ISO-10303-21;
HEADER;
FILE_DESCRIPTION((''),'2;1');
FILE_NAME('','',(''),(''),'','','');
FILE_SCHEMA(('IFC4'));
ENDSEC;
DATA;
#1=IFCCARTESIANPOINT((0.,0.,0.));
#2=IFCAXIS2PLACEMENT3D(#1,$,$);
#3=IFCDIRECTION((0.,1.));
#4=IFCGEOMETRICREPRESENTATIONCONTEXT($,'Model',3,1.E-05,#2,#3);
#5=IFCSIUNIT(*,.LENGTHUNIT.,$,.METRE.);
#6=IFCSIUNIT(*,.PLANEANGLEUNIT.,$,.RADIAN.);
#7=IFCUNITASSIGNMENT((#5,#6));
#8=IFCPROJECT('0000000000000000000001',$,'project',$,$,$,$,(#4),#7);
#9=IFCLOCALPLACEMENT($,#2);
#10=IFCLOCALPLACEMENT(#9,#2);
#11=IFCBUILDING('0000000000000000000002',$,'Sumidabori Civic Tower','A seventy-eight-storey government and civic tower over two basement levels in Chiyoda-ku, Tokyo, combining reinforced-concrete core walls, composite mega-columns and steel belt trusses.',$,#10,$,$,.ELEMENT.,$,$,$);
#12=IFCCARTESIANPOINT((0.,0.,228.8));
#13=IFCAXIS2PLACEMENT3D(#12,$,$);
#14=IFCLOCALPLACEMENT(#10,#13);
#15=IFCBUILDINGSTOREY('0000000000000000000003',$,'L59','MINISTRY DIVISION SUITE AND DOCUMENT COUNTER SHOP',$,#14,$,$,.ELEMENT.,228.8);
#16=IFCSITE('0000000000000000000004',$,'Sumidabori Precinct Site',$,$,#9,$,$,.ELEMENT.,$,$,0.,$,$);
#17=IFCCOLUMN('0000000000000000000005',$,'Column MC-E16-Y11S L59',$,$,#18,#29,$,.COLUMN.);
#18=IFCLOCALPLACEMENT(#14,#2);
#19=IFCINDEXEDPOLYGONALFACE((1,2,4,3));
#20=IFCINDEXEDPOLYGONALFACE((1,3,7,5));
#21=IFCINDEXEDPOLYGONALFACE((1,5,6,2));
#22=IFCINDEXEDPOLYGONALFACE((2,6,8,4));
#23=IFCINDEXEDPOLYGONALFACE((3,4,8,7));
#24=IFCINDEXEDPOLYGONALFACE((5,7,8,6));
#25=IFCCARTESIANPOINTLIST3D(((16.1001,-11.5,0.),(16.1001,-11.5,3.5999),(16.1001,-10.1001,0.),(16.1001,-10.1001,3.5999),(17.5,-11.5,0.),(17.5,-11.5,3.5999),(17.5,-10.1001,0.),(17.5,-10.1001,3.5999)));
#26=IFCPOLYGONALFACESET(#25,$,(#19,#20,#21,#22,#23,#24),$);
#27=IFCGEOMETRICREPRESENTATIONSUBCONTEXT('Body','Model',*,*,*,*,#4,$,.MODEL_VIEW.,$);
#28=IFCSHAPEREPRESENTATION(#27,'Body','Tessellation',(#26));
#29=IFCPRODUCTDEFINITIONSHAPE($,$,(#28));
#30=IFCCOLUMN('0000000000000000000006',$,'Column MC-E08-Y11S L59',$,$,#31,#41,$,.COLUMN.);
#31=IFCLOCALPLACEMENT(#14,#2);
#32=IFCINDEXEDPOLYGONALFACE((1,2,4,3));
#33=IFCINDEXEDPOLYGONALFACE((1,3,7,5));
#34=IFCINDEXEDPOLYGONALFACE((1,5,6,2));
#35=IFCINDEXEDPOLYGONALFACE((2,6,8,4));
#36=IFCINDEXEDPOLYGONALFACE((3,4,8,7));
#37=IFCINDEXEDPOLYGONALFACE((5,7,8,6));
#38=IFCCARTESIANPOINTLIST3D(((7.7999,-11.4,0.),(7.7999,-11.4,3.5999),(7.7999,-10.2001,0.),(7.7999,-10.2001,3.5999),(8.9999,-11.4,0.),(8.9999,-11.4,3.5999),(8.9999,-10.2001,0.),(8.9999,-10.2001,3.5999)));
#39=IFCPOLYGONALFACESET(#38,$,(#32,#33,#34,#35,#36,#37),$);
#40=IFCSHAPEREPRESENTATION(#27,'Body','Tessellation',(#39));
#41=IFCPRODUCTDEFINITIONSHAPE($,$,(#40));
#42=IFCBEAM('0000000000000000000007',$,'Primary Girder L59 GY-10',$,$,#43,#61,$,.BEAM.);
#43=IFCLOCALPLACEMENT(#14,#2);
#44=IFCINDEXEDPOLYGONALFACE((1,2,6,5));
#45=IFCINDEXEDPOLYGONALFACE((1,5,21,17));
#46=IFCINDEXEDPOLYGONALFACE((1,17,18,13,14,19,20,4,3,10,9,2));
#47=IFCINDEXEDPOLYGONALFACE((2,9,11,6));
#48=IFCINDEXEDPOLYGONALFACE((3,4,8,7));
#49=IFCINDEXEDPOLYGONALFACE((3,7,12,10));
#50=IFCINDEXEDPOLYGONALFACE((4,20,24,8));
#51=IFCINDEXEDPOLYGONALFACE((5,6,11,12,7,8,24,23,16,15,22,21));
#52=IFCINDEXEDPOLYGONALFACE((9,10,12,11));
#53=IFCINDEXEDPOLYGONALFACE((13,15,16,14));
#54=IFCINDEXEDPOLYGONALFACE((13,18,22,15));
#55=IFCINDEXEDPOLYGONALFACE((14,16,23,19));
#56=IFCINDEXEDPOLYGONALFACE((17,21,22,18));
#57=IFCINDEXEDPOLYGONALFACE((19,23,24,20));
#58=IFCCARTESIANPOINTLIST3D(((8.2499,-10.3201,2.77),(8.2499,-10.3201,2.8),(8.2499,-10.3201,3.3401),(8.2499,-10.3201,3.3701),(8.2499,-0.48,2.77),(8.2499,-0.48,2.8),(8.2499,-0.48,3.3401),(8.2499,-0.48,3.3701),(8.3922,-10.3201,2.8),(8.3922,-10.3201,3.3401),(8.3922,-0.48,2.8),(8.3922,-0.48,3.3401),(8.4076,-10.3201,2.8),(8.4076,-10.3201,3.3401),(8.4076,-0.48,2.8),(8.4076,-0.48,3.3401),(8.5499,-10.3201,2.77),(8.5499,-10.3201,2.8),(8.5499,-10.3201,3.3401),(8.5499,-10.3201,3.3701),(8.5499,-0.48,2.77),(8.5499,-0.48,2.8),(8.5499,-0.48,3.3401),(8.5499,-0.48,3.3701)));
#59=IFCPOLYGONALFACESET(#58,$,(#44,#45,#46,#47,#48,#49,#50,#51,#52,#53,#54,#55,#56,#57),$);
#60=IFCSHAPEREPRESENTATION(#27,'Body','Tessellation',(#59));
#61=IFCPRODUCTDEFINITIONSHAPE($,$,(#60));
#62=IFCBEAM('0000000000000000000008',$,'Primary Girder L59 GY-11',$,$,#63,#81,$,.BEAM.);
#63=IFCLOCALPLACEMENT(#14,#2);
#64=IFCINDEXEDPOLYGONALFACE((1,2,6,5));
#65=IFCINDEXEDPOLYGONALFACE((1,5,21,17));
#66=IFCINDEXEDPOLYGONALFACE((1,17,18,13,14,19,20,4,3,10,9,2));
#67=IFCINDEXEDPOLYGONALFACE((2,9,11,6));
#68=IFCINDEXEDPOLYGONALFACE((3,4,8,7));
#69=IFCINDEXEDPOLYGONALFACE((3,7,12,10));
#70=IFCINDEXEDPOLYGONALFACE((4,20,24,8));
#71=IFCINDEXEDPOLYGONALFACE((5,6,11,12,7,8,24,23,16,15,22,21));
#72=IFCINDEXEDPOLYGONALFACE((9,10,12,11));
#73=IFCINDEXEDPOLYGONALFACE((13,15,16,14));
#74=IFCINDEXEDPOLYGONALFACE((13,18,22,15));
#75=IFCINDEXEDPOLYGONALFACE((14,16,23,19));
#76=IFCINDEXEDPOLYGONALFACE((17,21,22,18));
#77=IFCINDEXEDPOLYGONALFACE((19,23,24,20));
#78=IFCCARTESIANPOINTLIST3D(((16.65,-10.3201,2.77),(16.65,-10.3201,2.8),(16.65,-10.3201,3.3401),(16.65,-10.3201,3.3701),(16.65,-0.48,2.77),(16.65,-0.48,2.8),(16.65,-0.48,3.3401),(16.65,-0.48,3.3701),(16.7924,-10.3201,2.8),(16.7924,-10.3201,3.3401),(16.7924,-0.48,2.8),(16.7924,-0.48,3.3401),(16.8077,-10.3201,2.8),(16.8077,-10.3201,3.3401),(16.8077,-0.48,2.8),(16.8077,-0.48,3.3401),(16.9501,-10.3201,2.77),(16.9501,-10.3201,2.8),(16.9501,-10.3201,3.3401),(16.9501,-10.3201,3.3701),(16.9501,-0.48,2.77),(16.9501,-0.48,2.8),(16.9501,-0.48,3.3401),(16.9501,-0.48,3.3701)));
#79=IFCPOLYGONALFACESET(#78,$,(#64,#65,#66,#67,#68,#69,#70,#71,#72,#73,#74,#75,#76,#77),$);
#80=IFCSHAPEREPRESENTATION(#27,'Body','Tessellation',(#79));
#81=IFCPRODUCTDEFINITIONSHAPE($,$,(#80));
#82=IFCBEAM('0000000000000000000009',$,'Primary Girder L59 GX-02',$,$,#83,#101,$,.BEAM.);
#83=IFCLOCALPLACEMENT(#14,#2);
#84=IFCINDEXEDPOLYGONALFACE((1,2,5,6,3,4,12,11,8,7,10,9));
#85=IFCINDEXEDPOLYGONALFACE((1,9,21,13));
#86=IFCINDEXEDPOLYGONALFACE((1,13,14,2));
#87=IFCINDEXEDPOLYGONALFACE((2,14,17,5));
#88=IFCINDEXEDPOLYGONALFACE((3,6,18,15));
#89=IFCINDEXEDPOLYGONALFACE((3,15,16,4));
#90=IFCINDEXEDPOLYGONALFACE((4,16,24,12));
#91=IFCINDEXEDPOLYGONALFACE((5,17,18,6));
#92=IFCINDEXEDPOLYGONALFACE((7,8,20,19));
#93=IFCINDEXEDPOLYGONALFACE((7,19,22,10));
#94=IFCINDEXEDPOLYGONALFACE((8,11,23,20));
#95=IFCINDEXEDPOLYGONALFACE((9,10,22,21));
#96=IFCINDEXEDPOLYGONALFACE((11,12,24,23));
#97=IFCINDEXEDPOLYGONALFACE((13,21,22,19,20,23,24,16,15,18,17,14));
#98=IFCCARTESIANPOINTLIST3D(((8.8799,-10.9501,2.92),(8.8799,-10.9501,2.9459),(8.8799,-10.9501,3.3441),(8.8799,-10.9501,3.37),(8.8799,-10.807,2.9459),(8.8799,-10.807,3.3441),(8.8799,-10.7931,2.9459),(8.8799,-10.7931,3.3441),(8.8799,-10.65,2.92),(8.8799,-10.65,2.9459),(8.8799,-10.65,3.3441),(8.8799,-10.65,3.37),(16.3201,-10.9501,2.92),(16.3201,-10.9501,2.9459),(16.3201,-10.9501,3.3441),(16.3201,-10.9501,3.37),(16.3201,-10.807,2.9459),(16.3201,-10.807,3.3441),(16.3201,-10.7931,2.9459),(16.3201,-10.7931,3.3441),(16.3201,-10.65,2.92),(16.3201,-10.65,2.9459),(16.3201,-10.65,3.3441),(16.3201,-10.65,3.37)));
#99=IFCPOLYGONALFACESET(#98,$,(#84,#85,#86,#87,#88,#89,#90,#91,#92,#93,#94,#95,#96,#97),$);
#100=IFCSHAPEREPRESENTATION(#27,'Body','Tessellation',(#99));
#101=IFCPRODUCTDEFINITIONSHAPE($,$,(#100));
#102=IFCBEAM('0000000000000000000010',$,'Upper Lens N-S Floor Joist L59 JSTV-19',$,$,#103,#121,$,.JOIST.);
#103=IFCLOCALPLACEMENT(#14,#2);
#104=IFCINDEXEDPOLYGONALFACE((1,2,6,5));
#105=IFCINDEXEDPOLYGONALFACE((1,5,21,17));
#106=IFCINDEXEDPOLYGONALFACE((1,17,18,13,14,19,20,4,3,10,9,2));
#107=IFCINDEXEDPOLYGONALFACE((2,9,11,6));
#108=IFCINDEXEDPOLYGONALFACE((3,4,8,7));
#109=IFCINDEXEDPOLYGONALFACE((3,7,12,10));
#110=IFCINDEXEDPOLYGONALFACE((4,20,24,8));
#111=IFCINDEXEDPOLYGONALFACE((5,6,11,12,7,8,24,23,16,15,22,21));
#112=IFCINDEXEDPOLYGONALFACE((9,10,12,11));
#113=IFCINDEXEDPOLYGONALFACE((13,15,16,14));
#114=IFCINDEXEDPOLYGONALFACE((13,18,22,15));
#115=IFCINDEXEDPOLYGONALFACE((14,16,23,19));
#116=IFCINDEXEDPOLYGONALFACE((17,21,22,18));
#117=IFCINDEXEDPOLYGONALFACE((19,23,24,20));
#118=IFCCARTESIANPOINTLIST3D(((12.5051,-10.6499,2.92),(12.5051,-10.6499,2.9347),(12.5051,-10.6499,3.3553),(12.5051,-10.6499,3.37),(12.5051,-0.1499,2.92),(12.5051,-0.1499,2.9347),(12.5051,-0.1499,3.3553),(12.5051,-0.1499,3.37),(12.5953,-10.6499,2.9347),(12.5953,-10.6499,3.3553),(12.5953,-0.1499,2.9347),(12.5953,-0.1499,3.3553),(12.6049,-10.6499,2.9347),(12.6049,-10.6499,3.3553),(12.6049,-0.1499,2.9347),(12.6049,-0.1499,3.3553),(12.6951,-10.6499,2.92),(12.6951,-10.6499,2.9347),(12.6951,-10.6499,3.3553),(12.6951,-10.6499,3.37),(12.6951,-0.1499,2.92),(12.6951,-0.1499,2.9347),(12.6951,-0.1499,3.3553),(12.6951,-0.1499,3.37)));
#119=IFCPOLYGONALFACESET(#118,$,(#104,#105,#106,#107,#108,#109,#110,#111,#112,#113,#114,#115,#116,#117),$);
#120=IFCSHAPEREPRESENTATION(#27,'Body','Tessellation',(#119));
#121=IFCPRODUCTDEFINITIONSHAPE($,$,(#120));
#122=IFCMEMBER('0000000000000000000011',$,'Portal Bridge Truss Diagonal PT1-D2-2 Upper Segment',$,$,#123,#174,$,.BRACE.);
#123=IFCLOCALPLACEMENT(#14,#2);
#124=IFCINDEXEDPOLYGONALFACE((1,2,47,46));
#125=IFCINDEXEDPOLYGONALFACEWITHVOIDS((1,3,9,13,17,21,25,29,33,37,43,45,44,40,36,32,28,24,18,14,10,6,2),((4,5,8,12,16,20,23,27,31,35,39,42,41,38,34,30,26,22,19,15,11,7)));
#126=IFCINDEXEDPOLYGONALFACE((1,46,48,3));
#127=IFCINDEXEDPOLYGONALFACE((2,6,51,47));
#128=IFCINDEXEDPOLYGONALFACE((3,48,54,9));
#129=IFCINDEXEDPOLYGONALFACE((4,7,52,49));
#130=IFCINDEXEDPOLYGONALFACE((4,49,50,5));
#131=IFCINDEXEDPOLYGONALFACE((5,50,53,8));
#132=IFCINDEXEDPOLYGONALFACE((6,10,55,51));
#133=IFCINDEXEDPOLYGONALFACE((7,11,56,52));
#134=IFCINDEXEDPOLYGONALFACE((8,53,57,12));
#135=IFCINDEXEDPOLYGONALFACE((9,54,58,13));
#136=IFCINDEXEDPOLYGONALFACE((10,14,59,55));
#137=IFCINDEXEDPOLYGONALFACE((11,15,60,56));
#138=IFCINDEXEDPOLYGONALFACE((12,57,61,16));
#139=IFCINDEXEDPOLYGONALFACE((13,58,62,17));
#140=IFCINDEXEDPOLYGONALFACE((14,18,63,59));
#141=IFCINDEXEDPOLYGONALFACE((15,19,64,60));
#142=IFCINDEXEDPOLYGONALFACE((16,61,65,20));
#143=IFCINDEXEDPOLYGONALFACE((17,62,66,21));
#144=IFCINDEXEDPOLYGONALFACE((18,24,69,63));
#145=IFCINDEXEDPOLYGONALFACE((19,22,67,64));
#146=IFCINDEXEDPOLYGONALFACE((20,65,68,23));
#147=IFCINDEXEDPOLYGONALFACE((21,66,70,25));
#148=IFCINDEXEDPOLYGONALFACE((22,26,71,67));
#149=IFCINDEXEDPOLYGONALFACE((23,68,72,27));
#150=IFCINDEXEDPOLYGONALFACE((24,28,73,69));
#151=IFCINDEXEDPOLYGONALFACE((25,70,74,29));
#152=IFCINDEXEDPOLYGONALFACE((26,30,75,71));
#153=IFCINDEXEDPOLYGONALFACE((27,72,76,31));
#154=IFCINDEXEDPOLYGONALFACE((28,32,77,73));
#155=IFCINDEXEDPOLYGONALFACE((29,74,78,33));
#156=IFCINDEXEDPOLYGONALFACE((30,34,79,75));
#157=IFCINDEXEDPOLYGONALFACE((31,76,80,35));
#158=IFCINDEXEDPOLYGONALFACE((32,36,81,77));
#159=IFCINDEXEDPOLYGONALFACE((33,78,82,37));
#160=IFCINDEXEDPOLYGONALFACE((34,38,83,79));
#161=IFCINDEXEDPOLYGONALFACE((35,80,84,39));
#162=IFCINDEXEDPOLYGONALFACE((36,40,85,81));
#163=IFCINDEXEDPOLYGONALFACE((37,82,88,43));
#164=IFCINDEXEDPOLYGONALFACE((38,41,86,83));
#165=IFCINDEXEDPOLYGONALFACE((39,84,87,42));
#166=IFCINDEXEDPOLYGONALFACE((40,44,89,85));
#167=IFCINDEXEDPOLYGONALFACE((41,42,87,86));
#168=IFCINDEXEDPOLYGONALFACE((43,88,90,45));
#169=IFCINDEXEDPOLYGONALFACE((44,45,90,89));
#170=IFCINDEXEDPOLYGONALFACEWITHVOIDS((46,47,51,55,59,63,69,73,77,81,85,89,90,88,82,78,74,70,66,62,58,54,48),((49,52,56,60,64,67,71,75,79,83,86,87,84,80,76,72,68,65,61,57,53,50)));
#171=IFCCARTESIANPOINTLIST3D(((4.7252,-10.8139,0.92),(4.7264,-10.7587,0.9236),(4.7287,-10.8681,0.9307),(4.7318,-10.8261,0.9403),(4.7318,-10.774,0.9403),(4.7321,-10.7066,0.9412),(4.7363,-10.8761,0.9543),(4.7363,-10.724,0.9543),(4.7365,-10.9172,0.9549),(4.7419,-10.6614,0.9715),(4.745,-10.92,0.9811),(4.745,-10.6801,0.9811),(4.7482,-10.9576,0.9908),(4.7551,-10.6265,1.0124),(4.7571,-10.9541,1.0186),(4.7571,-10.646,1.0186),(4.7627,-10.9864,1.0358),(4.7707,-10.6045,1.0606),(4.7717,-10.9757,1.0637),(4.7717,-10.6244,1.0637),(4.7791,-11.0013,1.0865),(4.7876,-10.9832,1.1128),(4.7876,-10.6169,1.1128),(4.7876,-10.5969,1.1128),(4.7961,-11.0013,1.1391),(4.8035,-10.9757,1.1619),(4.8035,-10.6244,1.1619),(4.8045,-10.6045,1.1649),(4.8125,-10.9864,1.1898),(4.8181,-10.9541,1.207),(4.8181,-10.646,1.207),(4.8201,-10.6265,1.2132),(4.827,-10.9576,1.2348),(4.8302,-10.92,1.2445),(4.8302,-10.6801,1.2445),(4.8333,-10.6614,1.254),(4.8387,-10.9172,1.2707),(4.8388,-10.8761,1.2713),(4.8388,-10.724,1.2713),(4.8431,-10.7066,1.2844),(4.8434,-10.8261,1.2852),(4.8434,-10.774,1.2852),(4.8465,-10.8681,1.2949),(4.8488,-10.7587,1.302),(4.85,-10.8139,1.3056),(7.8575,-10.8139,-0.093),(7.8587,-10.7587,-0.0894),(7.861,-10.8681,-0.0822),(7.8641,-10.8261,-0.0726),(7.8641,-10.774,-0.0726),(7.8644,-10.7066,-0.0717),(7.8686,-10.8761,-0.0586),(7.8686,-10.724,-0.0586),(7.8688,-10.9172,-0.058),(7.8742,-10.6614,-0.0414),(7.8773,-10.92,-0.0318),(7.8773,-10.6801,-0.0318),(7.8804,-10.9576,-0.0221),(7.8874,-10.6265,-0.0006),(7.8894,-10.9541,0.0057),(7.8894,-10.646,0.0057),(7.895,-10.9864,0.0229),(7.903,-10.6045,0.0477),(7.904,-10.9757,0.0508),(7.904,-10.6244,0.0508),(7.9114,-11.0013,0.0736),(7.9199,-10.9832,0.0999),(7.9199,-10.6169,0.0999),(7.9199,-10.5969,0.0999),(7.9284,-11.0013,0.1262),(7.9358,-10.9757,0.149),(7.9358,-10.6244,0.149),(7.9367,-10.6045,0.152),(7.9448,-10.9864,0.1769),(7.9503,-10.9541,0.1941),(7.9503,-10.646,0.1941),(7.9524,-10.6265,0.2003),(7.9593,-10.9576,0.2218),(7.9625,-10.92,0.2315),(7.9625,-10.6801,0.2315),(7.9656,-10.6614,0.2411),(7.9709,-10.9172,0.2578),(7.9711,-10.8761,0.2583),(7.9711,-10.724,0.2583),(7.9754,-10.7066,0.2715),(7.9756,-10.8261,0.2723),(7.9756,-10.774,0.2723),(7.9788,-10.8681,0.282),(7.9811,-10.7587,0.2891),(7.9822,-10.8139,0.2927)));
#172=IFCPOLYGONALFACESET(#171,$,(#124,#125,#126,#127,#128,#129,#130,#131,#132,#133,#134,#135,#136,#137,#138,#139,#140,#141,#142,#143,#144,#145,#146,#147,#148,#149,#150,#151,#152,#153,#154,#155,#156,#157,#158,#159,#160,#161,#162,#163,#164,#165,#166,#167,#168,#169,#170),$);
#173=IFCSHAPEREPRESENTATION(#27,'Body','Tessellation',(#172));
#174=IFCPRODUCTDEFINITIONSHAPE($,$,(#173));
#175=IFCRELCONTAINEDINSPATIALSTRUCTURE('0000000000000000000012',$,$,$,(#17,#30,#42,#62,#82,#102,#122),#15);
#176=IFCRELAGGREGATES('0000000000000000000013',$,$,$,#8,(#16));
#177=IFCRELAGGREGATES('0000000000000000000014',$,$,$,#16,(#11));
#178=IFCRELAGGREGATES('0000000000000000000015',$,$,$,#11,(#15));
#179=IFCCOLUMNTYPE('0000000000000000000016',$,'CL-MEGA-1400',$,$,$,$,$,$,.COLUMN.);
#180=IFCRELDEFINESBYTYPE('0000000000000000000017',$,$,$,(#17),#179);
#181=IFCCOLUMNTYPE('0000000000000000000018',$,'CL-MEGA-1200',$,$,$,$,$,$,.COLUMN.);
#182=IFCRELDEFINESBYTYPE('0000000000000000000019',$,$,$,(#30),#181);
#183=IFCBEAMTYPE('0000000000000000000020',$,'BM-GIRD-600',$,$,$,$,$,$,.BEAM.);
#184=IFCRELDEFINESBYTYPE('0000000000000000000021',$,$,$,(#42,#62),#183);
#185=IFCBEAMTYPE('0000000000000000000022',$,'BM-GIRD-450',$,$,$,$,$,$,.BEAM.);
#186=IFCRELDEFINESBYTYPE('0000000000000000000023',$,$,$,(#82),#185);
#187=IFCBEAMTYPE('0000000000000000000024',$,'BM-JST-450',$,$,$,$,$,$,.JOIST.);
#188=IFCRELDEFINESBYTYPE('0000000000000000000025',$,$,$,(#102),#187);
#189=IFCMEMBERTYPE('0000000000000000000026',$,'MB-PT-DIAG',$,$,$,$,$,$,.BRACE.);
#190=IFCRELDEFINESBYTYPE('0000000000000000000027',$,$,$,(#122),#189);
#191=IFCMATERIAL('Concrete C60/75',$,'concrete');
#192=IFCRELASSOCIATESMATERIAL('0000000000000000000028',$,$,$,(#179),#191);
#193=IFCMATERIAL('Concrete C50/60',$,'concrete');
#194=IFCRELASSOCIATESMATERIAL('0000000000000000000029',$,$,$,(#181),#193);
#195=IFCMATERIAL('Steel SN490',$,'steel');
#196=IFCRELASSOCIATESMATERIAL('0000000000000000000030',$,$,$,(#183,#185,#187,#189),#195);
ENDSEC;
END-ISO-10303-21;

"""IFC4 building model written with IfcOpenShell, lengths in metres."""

from ifc_helpers import new_model, si_unit, direction, frame, origin, origin_2d, place, context, subcontext, project, spatial, rectangle, hollow_circle, i_section, extrude, source, transform, mapped, material, material_profile, profile_set, type_object, element, save


model = new_model("IFC4")

# Units and contexts
model_context = context("Model", 3, precision=1e-05, world=origin(), true_north=direction((0.0, 1.0)))
body_context = subcontext(model_context, "Body", "Model", "MODEL_VIEW")
ifc_project = project(units=[si_unit("LENGTHUNIT", "METRE"), si_unit("PLANEANGLEUNIT", "RADIAN")], contexts=[model_context])

# Site, building, storey
site_placement = place(None, origin())
site = spatial("IfcSite", under=ifc_project, at=site_placement, Name="Sumidabori Precinct Site", CompositionType="ELEMENT", RefElevation=0.0)
building_placement = place(site_placement, origin())
building = spatial("IfcBuilding", under=site, at=building_placement, Name="Sumidabori Civic Tower", Description="A seventy-eight-storey government and civic tower over two basement levels in Chiyoda-ku, Tokyo, combining reinforced-concrete core walls, composite mega-columns and steel belt trusses.", CompositionType="ELEMENT")
storey_placement = place(building_placement, frame((0.0, 0.0, 228.8)))
storey = spatial("IfcBuildingStorey", under=building, at=storey_placement, Name="L59", Description="MINISTRY DIVISION SUITE AND DOCUMENT COUNTER SHOP", CompositionType="ELEMENT", Elevation=228.8)

# Columns
ifc_material_1 = material(Name="Concrete C60/75", Category="concrete")
ifc_material_profile_1 = material_profile(ifc_material_1, rectangle(XDim=1.3999, YDim=1.3999, at=origin_2d()), Name="RC 1400x1400")
ifc_profile_set_1 = profile_set([ifc_material_profile_1], Name="Concrete C60/75")
column_type_1 = type_object("IfcColumnType", Name="CL-MEGA-1400", PredefinedType="COLUMN", material=ifc_profile_set_1)
shared_shape_1 = source(origin(), body_context, "Body", "SweptSolid", [
    extrude(rectangle(XDim=1.3999, YDim=1.3999, at=origin_2d()), origin(), (0.0, 0.0, 1.0), 3.5999),
])
column_1_placement = place(storey_placement, frame((16.8, -10.8, 0.0), z_axis=(0.0, 0.0, 1.0), x_axis=(1.0, 0.0, 0.0)))
element("IfcColumn", 1, at=column_1_placement, inside=storey, type_object=column_type_1, Name="Column MC-E16-Y11S L59", PredefinedType="COLUMN", context=body_context, shape_type="MappedRepresentation", body=[
    mapped(shared_shape_1, transform((0.0, 0.0, 0.0), x_axis=(1.0, 0.0, 0.0), y_axis=(0.0, 1.0, 0.0), z_axis=(0.0, 0.0, 1.0), scale=1.0)),
])
ifc_material_2 = material(Name="Concrete C50/60", Category="concrete")
ifc_material_profile_2 = material_profile(ifc_material_2, rectangle(XDim=1.2, YDim=1.2, at=origin_2d()), Name="RC 1200x1200")
ifc_profile_set_2 = profile_set([ifc_material_profile_2], Name="Concrete C50/60")
column_type_2 = type_object("IfcColumnType", Name="CL-MEGA-1200", PredefinedType="COLUMN", material=ifc_profile_set_2)
shared_shape_2 = source(origin(), body_context, "Body", "SweptSolid", [
    extrude(rectangle(XDim=1.2, YDim=1.2, at=origin_2d()), origin(), (0.0, 0.0, 1.0), 3.5999),
])
column_2_placement = place(storey_placement, frame((8.3999, -10.8, 0.0), z_axis=(0.0, 0.0, 1.0), x_axis=(1.0, 0.0, 0.0)))
element("IfcColumn", 2, at=column_2_placement, inside=storey, type_object=column_type_2, Name="Column MC-E08-Y11S L59", PredefinedType="COLUMN", context=body_context, shape_type="MappedRepresentation", body=[
    mapped(shared_shape_2, transform((0.0, 0.0, 0.0), x_axis=(1.0, 0.0, 0.0), y_axis=(0.0, 1.0, 0.0), z_axis=(0.0, 0.0, 1.0), scale=1.0)),
])

# Beams
ifc_material_3 = material(Name="Steel SN490", Category="steel")
ifc_material_profile_3 = material_profile(ifc_material_3, i_section(OverallWidth=0.3, OverallDepth=0.6001, WebThickness=0.0154, FlangeThickness=0.03, at=origin_2d()), Name="HE 600 B")
ifc_profile_set_3 = profile_set([ifc_material_profile_3], Name="Steel SN490")
beam_type_1 = type_object("IfcBeamType", Name="BM-GIRD-600", PredefinedType="BEAM", material=ifc_profile_set_3)
shared_shape_3 = source(origin(), body_context, "Body", "SweptSolid", [
    extrude(i_section(OverallWidth=0.3, OverallDepth=0.6001, WebThickness=0.0154, FlangeThickness=0.03, at=origin_2d()), origin(), (0.0, 0.0, 1.0), 9.8401),
])
for number, where, z_axis, x_axis, name in (
    (3, (8.3999, -10.3201, 3.0701), (0.0, 1.0, 0.0), (-1.0, 0.0, 0.0), "Primary Girder L59 GY-10"),
    (4, (16.8, -10.3201, 3.0701), (0.0, 1.0, 0.0), (-1.0, 0.0, 0.0), "Primary Girder L59 GY-11"),
):
    element("IfcBeam", number, at=place(storey_placement, frame(where, z_axis=z_axis, x_axis=x_axis)), inside=storey, type_object=beam_type_1, Name=name, PredefinedType="BEAM", context=body_context, shape_type="MappedRepresentation", body=[
        mapped(shared_shape_3, transform((0.0, 0.0, 0.0), x_axis=(1.0, 0.0, 0.0), y_axis=(0.0, 1.0, 0.0), z_axis=(0.0, 0.0, 1.0), scale=1.0)),
    ])
ifc_material_profile_4 = material_profile(ifc_material_3, i_section(OverallWidth=0.3, OverallDepth=0.45, WebThickness=0.0139, FlangeThickness=0.0259, at=origin_2d()), Name="HE 450 B")
ifc_profile_set_4 = profile_set([ifc_material_profile_4], Name="Steel SN490")
beam_type_2 = type_object("IfcBeamType", Name="BM-GIRD-450", PredefinedType="BEAM", material=ifc_profile_set_4)
shared_shape_4 = source(origin(), body_context, "Body", "SweptSolid", [
    extrude(i_section(OverallWidth=0.3, OverallDepth=0.45, WebThickness=0.0139, FlangeThickness=0.0259, at=origin_2d()), origin(), (0.0, 0.0, 1.0), 7.4402),
])
beam_1_placement = place(storey_placement, frame((8.8799, -10.8, 3.145), z_axis=(1.0, 0.0, 0.0), x_axis=(0.0, 1.0, 0.0)))
element("IfcBeam", 5, at=beam_1_placement, inside=storey, type_object=beam_type_2, Name="Primary Girder L59 GX-02", PredefinedType="BEAM", context=body_context, shape_type="MappedRepresentation", body=[
    mapped(shared_shape_4, transform((0.0, 0.0, 0.0), x_axis=(1.0, 0.0, 0.0), y_axis=(0.0, 1.0, 0.0), z_axis=(0.0, 0.0, 1.0), scale=1.0)),
])
ifc_material_profile_5 = material_profile(ifc_material_3, i_section(OverallWidth=0.1899, OverallDepth=0.45, WebThickness=0.0095, FlangeThickness=0.0146, at=origin_2d()), Name="IPE 450")
ifc_profile_set_5 = profile_set([ifc_material_profile_5], Name="Steel SN490")
beam_type_3 = type_object("IfcBeamType", Name="BM-JST-450", PredefinedType="JOIST", material=ifc_profile_set_5)
shared_shape_5 = source(origin(), body_context, "Body", "SweptSolid", [
    extrude(i_section(OverallWidth=0.1899, OverallDepth=0.45, WebThickness=0.0095, FlangeThickness=0.0146, at=origin_2d()), origin(), (0.0, 0.0, 1.0), 10.5),
])
beam_2_placement = place(storey_placement, frame((12.6001, -10.6499, 3.145), z_axis=(0.0, 1.0, 0.0), x_axis=(-1.0, 0.0, 0.0)))
element("IfcBeam", 6, at=beam_2_placement, inside=storey, type_object=beam_type_3, Name="Upper Lens N-S Floor Joist L59 JSTV-19", PredefinedType="JOIST", context=body_context, shape_type="MappedRepresentation", body=[
    mapped(shared_shape_5, transform((0.0, 0.0, 0.0), x_axis=(1.0, 0.0, 0.0), y_axis=(0.0, 1.0, 0.0), z_axis=(0.0, 0.0, 1.0), scale=1.0)),
])

# Member
ifc_material_profile_6 = material_profile(ifc_material_3, hollow_circle(Radius=0.2031, WallThickness=0.02, at=origin_2d()), Name="CHS 406.4x20")
ifc_profile_set_6 = profile_set([ifc_material_profile_6], Name="Steel SN490")
member_type_1 = type_object("IfcMemberType", Name="MB-PT-DIAG", PredefinedType="BRACE", material=ifc_profile_set_6)
shared_shape_6 = source(origin(), body_context, "Body", "SweptSolid", [
    extrude(hollow_circle(Radius=0.2031, WallThickness=0.02, at=origin_2d()), origin(), (0.0, 0.0, 1.0), 3.292),
])
member_1_placement = place(storey_placement, frame((4.7876, -10.8, 1.1128), z_axis=(0.951485, 0.0, -0.307694), x_axis=(0.0, 1.0, 0.0)))
element("IfcMember", 7, at=member_1_placement, inside=storey, type_object=member_type_1, Name="Portal Bridge Truss Diagonal PT1-D2-2 Upper Segment", PredefinedType="BRACE", context=body_context, shape_type="MappedRepresentation", body=[
    mapped(shared_shape_6, transform((0.0, 0.0, 0.0), x_axis=(1.0, 0.0, 0.0), y_axis=(0.0, 1.0, 0.0), z_axis=(0.0, 0.0, 1.0), scale=1.0)),
])

save(model, "model.ifc")
